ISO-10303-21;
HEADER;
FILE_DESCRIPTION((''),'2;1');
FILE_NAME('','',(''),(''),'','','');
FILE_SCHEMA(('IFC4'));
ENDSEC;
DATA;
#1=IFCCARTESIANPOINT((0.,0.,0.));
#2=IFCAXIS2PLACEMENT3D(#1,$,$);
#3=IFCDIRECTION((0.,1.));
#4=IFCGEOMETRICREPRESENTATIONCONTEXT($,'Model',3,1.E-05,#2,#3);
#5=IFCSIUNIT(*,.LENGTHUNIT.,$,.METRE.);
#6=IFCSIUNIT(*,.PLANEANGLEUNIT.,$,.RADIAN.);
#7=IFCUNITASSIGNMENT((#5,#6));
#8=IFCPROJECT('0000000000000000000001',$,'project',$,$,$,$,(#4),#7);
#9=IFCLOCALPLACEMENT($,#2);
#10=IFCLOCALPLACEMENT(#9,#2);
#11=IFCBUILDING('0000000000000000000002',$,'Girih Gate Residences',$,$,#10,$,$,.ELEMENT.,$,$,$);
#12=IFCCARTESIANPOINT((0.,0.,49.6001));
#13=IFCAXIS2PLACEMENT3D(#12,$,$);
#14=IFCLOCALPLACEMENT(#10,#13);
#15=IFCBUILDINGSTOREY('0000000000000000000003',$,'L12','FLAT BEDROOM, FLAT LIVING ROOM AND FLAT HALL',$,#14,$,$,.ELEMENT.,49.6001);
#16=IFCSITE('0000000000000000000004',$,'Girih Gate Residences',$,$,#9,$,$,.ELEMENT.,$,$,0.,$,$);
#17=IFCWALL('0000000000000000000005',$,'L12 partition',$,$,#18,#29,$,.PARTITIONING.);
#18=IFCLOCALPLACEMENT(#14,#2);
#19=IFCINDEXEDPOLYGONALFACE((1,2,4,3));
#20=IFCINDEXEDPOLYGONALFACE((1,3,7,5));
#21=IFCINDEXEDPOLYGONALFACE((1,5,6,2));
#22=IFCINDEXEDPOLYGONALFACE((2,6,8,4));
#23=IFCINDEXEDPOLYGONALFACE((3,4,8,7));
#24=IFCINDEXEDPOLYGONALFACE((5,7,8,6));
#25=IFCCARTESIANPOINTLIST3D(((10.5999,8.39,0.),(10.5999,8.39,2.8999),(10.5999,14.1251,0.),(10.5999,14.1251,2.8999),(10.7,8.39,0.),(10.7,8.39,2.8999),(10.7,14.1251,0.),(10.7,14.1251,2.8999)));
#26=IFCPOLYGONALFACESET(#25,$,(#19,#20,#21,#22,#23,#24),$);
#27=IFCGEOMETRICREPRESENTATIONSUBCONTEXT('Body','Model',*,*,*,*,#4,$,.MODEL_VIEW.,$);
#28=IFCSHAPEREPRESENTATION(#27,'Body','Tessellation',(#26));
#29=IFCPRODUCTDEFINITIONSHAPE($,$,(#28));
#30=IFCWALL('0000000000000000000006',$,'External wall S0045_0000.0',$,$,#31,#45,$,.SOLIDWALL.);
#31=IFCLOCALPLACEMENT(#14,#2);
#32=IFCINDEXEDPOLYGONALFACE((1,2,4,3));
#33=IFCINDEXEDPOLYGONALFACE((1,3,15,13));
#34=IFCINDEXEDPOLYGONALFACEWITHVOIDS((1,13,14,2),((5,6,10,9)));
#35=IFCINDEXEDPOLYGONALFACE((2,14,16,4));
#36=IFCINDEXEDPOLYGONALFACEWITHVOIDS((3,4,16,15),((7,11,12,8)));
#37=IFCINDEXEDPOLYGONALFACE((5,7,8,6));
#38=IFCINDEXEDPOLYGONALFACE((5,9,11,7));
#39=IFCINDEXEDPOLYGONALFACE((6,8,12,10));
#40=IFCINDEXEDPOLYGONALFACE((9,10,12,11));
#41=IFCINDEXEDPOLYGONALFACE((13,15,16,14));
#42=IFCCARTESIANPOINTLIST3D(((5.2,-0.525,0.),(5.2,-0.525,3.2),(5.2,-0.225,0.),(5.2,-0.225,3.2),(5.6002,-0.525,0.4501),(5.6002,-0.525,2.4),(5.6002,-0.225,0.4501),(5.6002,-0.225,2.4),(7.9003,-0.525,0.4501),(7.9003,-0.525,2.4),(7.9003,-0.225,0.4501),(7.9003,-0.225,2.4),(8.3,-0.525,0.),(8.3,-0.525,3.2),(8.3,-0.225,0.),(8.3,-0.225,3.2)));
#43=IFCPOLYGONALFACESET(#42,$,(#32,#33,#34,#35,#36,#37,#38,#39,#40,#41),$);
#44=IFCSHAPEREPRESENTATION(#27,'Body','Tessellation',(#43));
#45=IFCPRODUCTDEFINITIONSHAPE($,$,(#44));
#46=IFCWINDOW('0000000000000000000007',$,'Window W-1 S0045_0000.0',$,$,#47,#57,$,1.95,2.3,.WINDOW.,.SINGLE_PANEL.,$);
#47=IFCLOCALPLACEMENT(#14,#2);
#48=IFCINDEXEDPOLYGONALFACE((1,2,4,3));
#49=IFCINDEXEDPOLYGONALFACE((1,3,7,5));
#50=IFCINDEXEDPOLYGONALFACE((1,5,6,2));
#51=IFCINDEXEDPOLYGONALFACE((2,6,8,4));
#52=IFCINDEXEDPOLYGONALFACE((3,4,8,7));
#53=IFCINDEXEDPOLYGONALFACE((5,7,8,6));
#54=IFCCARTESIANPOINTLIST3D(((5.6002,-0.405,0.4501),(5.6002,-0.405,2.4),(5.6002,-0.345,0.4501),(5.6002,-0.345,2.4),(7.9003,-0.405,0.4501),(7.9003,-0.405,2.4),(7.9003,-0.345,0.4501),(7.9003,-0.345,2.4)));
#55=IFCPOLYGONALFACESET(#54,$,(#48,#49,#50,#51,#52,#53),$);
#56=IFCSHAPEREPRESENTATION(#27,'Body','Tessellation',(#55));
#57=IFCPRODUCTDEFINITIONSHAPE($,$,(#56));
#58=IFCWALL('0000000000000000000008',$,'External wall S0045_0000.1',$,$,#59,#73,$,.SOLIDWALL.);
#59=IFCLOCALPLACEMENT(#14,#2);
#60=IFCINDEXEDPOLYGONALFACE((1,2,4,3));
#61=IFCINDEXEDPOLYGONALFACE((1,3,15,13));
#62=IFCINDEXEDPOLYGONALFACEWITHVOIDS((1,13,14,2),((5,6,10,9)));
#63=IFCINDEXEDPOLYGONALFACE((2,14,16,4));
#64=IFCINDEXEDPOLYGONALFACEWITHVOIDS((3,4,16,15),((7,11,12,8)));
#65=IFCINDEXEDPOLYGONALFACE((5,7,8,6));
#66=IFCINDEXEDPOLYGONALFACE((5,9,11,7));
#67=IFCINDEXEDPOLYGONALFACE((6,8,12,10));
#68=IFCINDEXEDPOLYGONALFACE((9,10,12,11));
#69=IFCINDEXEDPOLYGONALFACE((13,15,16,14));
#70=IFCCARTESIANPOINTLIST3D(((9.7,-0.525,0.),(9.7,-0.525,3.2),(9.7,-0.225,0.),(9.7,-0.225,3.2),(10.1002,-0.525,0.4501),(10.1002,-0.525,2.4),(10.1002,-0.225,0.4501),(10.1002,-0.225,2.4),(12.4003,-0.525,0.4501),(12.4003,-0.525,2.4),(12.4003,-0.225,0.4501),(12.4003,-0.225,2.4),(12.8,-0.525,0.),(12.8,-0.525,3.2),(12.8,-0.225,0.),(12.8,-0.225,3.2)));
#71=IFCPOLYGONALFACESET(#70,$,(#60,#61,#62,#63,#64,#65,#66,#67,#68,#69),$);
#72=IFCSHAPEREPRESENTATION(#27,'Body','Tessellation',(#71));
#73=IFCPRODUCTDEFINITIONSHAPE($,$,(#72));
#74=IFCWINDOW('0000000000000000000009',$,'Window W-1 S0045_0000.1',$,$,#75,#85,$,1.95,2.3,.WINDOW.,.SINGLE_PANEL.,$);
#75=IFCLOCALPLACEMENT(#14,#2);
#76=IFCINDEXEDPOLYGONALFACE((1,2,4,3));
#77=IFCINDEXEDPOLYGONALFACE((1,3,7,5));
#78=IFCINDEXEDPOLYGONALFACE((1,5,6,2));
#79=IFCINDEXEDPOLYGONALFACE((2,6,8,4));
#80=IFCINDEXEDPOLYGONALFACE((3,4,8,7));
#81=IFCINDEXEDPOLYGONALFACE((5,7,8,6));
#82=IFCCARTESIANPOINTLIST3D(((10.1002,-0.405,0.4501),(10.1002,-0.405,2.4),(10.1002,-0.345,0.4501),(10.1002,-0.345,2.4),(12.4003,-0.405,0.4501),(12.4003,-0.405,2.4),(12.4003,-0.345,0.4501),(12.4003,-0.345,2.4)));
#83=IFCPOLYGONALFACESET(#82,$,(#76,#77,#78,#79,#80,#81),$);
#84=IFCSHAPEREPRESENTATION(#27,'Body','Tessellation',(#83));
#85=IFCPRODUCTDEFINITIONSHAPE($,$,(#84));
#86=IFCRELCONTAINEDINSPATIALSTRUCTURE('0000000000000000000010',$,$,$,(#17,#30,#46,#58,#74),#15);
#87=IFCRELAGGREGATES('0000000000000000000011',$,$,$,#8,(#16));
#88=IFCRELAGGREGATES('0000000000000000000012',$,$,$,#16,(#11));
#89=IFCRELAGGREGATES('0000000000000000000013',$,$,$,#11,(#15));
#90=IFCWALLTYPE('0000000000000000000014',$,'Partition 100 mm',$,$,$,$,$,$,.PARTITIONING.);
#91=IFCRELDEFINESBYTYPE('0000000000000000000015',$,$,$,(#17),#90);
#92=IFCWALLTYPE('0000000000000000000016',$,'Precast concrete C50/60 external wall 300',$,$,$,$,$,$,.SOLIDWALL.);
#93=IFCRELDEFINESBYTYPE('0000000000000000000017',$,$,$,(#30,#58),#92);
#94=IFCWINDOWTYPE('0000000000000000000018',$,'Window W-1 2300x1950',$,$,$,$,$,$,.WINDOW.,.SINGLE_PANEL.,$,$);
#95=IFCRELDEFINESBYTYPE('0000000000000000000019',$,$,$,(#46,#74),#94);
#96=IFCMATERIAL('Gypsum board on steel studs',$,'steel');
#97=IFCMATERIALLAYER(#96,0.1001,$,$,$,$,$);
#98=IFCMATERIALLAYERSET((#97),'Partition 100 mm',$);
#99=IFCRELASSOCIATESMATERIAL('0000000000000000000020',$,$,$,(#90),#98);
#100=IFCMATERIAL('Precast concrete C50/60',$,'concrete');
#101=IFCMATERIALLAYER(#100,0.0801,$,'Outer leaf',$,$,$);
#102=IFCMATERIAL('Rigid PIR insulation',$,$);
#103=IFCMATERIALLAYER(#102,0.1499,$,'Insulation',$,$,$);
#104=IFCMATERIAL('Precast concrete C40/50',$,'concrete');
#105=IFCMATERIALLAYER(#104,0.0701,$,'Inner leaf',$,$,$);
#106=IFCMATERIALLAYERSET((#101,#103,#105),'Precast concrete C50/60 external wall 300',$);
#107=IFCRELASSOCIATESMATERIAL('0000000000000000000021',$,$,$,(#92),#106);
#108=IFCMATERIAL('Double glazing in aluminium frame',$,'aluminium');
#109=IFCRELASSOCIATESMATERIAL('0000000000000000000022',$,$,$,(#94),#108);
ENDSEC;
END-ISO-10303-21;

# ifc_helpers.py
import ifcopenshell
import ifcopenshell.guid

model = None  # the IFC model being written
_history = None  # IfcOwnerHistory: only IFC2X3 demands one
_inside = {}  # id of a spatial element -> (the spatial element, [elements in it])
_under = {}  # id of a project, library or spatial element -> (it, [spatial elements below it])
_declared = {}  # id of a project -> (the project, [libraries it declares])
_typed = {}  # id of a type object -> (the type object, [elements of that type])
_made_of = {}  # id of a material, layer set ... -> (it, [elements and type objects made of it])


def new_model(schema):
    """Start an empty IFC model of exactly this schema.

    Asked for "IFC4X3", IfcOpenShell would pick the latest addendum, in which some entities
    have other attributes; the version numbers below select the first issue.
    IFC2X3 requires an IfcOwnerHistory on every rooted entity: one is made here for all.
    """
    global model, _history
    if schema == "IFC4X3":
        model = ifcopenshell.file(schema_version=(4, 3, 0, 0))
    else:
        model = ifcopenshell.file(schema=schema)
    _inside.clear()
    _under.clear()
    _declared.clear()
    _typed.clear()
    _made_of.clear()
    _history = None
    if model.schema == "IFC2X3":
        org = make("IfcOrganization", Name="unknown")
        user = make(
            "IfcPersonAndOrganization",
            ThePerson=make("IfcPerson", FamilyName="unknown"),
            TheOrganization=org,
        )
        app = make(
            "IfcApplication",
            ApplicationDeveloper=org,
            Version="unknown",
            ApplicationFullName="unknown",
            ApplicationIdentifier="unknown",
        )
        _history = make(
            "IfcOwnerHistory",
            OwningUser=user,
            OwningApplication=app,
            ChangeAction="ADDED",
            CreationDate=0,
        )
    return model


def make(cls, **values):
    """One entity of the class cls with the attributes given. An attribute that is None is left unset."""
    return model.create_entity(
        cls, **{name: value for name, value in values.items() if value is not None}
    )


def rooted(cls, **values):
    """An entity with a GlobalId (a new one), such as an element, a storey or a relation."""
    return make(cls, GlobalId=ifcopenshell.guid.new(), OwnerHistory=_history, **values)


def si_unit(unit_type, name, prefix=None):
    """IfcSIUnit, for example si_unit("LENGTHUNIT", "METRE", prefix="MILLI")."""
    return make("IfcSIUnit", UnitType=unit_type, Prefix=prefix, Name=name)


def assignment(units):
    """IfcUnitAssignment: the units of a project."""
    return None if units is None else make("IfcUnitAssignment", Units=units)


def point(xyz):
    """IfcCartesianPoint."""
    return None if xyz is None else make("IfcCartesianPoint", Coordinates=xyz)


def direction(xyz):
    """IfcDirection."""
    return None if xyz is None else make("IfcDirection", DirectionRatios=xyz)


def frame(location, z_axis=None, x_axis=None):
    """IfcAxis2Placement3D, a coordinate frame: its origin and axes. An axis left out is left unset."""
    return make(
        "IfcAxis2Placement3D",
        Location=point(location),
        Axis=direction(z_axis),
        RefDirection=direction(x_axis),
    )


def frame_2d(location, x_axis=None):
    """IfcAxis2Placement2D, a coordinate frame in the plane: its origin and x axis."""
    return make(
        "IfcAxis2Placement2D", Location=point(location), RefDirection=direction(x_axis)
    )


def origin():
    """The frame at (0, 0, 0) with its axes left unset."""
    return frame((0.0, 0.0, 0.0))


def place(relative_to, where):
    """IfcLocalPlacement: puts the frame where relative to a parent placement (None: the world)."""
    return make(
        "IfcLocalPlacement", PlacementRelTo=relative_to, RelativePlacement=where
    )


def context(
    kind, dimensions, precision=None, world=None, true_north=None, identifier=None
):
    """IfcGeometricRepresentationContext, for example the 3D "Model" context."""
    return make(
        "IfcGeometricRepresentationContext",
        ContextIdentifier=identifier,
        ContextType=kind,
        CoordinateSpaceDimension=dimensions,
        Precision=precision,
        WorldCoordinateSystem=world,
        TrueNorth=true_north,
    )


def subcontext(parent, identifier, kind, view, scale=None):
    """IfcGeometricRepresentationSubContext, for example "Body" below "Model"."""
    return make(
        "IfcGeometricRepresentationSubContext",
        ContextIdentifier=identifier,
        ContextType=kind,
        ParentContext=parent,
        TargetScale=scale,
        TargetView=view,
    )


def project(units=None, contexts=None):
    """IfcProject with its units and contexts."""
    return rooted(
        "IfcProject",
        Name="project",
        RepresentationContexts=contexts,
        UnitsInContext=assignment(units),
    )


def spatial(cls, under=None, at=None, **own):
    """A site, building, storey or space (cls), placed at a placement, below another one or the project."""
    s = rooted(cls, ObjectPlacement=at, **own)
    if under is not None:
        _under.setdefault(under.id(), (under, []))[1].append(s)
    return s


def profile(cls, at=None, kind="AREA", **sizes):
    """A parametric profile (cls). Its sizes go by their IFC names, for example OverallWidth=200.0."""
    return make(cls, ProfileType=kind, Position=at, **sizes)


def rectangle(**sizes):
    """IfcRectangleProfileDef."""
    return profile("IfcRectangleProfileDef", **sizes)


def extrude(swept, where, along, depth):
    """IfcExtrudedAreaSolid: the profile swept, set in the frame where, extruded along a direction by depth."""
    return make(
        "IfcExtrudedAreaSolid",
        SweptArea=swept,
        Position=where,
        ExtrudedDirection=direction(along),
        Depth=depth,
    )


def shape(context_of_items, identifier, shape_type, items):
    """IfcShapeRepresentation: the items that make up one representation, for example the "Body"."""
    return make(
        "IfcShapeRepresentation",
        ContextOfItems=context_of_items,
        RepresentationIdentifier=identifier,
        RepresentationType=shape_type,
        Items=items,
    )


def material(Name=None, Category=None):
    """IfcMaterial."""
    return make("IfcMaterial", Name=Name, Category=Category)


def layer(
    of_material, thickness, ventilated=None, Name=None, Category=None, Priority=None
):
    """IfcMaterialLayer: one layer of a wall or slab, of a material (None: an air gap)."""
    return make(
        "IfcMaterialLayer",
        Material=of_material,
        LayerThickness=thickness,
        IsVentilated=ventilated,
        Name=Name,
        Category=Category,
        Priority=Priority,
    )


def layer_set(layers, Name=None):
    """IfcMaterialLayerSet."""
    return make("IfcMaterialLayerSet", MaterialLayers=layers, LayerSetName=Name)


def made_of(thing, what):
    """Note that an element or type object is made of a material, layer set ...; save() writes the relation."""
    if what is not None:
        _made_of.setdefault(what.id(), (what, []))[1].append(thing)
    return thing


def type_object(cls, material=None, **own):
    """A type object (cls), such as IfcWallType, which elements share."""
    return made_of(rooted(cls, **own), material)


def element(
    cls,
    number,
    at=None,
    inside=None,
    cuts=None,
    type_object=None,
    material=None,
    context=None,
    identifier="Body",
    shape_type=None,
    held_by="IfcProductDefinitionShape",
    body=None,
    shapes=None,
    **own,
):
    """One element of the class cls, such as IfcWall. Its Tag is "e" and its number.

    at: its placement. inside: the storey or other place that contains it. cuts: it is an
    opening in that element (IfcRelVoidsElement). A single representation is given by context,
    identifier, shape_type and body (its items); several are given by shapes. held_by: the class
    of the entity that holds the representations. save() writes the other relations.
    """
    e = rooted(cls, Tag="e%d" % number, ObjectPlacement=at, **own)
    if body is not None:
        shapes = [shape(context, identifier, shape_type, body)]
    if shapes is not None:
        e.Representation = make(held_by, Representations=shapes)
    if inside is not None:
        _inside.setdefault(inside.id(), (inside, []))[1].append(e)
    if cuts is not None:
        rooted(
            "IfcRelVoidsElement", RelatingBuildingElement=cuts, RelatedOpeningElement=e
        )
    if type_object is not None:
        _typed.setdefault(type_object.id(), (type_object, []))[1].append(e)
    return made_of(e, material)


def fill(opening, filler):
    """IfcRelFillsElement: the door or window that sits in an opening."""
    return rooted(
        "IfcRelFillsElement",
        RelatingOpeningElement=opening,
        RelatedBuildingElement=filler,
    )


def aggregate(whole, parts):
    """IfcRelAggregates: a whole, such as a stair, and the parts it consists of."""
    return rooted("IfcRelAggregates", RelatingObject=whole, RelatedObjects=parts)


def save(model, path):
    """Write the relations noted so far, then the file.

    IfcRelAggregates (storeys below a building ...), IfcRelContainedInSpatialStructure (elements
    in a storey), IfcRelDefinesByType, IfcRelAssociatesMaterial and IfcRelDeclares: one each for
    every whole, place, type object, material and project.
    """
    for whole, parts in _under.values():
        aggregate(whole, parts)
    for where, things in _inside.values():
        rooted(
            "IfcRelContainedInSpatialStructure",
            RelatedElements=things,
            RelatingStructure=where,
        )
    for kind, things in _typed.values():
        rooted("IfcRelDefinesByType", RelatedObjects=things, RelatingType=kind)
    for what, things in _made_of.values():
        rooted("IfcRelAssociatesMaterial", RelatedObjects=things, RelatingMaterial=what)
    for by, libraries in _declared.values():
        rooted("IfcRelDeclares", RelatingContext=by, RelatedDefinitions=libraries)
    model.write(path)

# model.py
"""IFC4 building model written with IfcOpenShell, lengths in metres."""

from ifc_helpers import new_model, si_unit, direction, frame, frame_2d, origin, place, context, subcontext, project, spatial, rectangle, extrude, material, layer, layer_set, type_object, element, fill, save


model = new_model("IFC4")

# Units and contexts
model_context = context("Model", 3, precision=1e-05, world=origin(), true_north=direction((0.0, 1.0)))
body_context = subcontext(model_context, "Body", "Model", "MODEL_VIEW")
ifc_project = project(units=[si_unit("LENGTHUNIT", "METRE"), si_unit("PLANEANGLEUNIT", "RADIAN")], contexts=[model_context])

# Site, building, storey
site_placement = place(None, origin())
site = spatial("IfcSite", under=ifc_project, at=site_placement, Name="Girih Gate Residences", CompositionType="ELEMENT", RefElevation=0.0)
building_placement = place(site_placement, origin())
building = spatial("IfcBuilding", under=site, at=building_placement, Name="Girih Gate Residences", CompositionType="ELEMENT")
storey_placement = place(building_placement, frame((0.0, 0.0, 49.6001)))
storey = spatial("IfcBuildingStorey", under=building, at=storey_placement, Name="L12", Description="FLAT BEDROOM, FLAT LIVING ROOM AND FLAT HALL", CompositionType="ELEMENT", Elevation=49.6001)

# Shared definitions
ifc_material_1 = material(Name="Gypsum board on steel studs", Category="steel")
ifc_layer_1 = layer(ifc_material_1, 0.1001)
ifc_layer_set_1 = layer_set([ifc_layer_1], Name="Partition 100 mm")
wall_type_1 = type_object("IfcWallType", Name="Partition 100 mm", PredefinedType="PARTITIONING", material=ifc_layer_set_1)

# Wall
wall_1_placement = place(storey_placement, frame((10.6499, 8.3899, 0.0), z_axis=(0.0, 0.0, 1.0), x_axis=(0.0, 1.0, 0.0)))
element("IfcWall", 1, at=wall_1_placement, inside=storey, type_object=wall_type_1, Name="L12 partition", PredefinedType="PARTITIONING", context=body_context, shape_type="SweptSolid", body=[
    extrude(rectangle(XDim=5.7351, YDim=0.1001, at=frame_2d((2.8677, 0.0))), origin(), (0.0, 0.0, 1.0), 2.8999),
])

# Walls, openings, windows
ifc_material_2 = material(Name="Precast concrete C50/60", Category="concrete")
ifc_layer_2 = layer(ifc_material_2, 0.0801, Name="Outer leaf")
ifc_material_3 = material(Name="Rigid PIR insulation")
ifc_layer_3 = layer(ifc_material_3, 0.1499, Name="Insulation")
ifc_material_4 = material(Name="Precast concrete C40/50", Category="concrete")
ifc_layer_4 = layer(ifc_material_4, 0.0701, Name="Inner leaf")
ifc_layer_set_2 = layer_set([ifc_layer_2, ifc_layer_3, ifc_layer_4], Name="Precast concrete C50/60 external wall 300")
wall_type_2 = type_object("IfcWallType", Name="Precast concrete C50/60 external wall 300", PredefinedType="SOLIDWALL", material=ifc_layer_set_2)
wall_2_placement = place(storey_placement, frame((8.3, -0.375, 0.0), z_axis=(0.0, 0.0, 1.0), x_axis=(-1.0, 0.0, 0.0)))
wall_2 = element("IfcWall", 2, at=wall_2_placement, inside=storey, type_object=wall_type_2, Name="External wall S0045_0000.0", PredefinedType="SOLIDWALL", context=body_context, shape_type="SweptSolid", body=[
    extrude(rectangle(XDim=3.1001, YDim=0.3, at=frame_2d((1.55, 0.0))), origin(), (0.0, 0.0, 1.0), 3.2),
])
opening_1_placement = place(wall_2_placement, frame((0.3999, 0.0, 0.45)))
opening_1 = element("IfcOpeningElement", 3, at=opening_1_placement, cuts=wall_2, PredefinedType="OPENING", context=body_context, shape_type="SweptSolid", body=[
    extrude(rectangle(XDim=2.3, YDim=1.95, at=frame_2d((1.1499, 0.9751))), frame((0.0, 0.1599, 0.0), z_axis=(0.0, -1.0, 0.0), x_axis=(1.0, 0.0, 0.0)), (0.0, 0.0, 1.0), 0.3201),
])
ifc_material_5 = material(Name="Double glazing in aluminium frame", Category="aluminium")
window_type = type_object("IfcWindowType", Name="Window W-1 2300x1950", PartitioningType="SINGLE_PANEL", PredefinedType="WINDOW", material=ifc_material_5)
window_1_placement = place(opening_1_placement, origin())
window_1 = element("IfcWindow", 4, at=window_1_placement, inside=storey, type_object=window_type, Name="Window W-1 S0045_0000.0", OverallHeight=1.95, OverallWidth=2.3, PartitioningType="SINGLE_PANEL", PredefinedType="WINDOW", context=body_context, shape_type="SweptSolid", body=[
    extrude(rectangle(XDim=2.3, YDim=1.95, at=frame_2d((1.1499, 0.9751))), frame((0.0, 0.03, 0.0), z_axis=(0.0, -1.0, 0.0), x_axis=(1.0, 0.0, 0.0)), (0.0, 0.0, 1.0), 0.0601),
])
fill(opening_1, window_1)
wall_3_placement = place(storey_placement, frame((12.8, -0.375, 0.0), z_axis=(0.0, 0.0, 1.0), x_axis=(-1.0, 0.0, 0.0)))
wall_3 = element("IfcWall", 5, at=wall_3_placement, inside=storey, type_object=wall_type_2, Name="External wall S0045_0000.1", PredefinedType="SOLIDWALL", context=body_context, shape_type="SweptSolid", body=[
    extrude(rectangle(XDim=3.1001, YDim=0.3, at=frame_2d((1.55, 0.0))), origin(), (0.0, 0.0, 1.0), 3.2),
])
opening_2_placement = place(wall_3_placement, frame((0.3999, 0.0, 0.45)))
opening_2 = element("IfcOpeningElement", 6, at=opening_2_placement, cuts=wall_3, PredefinedType="OPENING", context=body_context, shape_type="SweptSolid", body=[
    extrude(rectangle(XDim=2.3, YDim=1.95, at=frame_2d((1.1499, 0.9751))), frame((0.0, 0.1599, 0.0), z_axis=(0.0, -1.0, 0.0), x_axis=(1.0, 0.0, 0.0)), (0.0, 0.0, 1.0), 0.3201),
])
window_2_placement = place(opening_2_placement, origin())
window_2 = element("IfcWindow", 7, at=window_2_placement, inside=storey, type_object=window_type, Name="Window W-1 S0045_0000.1", OverallHeight=1.95, OverallWidth=2.3, PartitioningType="SINGLE_PANEL", PredefinedType="WINDOW", context=body_context, shape_type="SweptSolid", body=[
    extrude(rectangle(XDim=2.3, YDim=1.95, at=frame_2d((1.1499, 0.9751))), frame((0.0, 0.03, 0.0), z_axis=(0.0, -1.0, 0.0), x_axis=(1.0, 0.0, 0.0)), (0.0, 0.0, 1.0), 0.0601),
])
fill(opening_2, window_2)

save(model, "model.ifc")
